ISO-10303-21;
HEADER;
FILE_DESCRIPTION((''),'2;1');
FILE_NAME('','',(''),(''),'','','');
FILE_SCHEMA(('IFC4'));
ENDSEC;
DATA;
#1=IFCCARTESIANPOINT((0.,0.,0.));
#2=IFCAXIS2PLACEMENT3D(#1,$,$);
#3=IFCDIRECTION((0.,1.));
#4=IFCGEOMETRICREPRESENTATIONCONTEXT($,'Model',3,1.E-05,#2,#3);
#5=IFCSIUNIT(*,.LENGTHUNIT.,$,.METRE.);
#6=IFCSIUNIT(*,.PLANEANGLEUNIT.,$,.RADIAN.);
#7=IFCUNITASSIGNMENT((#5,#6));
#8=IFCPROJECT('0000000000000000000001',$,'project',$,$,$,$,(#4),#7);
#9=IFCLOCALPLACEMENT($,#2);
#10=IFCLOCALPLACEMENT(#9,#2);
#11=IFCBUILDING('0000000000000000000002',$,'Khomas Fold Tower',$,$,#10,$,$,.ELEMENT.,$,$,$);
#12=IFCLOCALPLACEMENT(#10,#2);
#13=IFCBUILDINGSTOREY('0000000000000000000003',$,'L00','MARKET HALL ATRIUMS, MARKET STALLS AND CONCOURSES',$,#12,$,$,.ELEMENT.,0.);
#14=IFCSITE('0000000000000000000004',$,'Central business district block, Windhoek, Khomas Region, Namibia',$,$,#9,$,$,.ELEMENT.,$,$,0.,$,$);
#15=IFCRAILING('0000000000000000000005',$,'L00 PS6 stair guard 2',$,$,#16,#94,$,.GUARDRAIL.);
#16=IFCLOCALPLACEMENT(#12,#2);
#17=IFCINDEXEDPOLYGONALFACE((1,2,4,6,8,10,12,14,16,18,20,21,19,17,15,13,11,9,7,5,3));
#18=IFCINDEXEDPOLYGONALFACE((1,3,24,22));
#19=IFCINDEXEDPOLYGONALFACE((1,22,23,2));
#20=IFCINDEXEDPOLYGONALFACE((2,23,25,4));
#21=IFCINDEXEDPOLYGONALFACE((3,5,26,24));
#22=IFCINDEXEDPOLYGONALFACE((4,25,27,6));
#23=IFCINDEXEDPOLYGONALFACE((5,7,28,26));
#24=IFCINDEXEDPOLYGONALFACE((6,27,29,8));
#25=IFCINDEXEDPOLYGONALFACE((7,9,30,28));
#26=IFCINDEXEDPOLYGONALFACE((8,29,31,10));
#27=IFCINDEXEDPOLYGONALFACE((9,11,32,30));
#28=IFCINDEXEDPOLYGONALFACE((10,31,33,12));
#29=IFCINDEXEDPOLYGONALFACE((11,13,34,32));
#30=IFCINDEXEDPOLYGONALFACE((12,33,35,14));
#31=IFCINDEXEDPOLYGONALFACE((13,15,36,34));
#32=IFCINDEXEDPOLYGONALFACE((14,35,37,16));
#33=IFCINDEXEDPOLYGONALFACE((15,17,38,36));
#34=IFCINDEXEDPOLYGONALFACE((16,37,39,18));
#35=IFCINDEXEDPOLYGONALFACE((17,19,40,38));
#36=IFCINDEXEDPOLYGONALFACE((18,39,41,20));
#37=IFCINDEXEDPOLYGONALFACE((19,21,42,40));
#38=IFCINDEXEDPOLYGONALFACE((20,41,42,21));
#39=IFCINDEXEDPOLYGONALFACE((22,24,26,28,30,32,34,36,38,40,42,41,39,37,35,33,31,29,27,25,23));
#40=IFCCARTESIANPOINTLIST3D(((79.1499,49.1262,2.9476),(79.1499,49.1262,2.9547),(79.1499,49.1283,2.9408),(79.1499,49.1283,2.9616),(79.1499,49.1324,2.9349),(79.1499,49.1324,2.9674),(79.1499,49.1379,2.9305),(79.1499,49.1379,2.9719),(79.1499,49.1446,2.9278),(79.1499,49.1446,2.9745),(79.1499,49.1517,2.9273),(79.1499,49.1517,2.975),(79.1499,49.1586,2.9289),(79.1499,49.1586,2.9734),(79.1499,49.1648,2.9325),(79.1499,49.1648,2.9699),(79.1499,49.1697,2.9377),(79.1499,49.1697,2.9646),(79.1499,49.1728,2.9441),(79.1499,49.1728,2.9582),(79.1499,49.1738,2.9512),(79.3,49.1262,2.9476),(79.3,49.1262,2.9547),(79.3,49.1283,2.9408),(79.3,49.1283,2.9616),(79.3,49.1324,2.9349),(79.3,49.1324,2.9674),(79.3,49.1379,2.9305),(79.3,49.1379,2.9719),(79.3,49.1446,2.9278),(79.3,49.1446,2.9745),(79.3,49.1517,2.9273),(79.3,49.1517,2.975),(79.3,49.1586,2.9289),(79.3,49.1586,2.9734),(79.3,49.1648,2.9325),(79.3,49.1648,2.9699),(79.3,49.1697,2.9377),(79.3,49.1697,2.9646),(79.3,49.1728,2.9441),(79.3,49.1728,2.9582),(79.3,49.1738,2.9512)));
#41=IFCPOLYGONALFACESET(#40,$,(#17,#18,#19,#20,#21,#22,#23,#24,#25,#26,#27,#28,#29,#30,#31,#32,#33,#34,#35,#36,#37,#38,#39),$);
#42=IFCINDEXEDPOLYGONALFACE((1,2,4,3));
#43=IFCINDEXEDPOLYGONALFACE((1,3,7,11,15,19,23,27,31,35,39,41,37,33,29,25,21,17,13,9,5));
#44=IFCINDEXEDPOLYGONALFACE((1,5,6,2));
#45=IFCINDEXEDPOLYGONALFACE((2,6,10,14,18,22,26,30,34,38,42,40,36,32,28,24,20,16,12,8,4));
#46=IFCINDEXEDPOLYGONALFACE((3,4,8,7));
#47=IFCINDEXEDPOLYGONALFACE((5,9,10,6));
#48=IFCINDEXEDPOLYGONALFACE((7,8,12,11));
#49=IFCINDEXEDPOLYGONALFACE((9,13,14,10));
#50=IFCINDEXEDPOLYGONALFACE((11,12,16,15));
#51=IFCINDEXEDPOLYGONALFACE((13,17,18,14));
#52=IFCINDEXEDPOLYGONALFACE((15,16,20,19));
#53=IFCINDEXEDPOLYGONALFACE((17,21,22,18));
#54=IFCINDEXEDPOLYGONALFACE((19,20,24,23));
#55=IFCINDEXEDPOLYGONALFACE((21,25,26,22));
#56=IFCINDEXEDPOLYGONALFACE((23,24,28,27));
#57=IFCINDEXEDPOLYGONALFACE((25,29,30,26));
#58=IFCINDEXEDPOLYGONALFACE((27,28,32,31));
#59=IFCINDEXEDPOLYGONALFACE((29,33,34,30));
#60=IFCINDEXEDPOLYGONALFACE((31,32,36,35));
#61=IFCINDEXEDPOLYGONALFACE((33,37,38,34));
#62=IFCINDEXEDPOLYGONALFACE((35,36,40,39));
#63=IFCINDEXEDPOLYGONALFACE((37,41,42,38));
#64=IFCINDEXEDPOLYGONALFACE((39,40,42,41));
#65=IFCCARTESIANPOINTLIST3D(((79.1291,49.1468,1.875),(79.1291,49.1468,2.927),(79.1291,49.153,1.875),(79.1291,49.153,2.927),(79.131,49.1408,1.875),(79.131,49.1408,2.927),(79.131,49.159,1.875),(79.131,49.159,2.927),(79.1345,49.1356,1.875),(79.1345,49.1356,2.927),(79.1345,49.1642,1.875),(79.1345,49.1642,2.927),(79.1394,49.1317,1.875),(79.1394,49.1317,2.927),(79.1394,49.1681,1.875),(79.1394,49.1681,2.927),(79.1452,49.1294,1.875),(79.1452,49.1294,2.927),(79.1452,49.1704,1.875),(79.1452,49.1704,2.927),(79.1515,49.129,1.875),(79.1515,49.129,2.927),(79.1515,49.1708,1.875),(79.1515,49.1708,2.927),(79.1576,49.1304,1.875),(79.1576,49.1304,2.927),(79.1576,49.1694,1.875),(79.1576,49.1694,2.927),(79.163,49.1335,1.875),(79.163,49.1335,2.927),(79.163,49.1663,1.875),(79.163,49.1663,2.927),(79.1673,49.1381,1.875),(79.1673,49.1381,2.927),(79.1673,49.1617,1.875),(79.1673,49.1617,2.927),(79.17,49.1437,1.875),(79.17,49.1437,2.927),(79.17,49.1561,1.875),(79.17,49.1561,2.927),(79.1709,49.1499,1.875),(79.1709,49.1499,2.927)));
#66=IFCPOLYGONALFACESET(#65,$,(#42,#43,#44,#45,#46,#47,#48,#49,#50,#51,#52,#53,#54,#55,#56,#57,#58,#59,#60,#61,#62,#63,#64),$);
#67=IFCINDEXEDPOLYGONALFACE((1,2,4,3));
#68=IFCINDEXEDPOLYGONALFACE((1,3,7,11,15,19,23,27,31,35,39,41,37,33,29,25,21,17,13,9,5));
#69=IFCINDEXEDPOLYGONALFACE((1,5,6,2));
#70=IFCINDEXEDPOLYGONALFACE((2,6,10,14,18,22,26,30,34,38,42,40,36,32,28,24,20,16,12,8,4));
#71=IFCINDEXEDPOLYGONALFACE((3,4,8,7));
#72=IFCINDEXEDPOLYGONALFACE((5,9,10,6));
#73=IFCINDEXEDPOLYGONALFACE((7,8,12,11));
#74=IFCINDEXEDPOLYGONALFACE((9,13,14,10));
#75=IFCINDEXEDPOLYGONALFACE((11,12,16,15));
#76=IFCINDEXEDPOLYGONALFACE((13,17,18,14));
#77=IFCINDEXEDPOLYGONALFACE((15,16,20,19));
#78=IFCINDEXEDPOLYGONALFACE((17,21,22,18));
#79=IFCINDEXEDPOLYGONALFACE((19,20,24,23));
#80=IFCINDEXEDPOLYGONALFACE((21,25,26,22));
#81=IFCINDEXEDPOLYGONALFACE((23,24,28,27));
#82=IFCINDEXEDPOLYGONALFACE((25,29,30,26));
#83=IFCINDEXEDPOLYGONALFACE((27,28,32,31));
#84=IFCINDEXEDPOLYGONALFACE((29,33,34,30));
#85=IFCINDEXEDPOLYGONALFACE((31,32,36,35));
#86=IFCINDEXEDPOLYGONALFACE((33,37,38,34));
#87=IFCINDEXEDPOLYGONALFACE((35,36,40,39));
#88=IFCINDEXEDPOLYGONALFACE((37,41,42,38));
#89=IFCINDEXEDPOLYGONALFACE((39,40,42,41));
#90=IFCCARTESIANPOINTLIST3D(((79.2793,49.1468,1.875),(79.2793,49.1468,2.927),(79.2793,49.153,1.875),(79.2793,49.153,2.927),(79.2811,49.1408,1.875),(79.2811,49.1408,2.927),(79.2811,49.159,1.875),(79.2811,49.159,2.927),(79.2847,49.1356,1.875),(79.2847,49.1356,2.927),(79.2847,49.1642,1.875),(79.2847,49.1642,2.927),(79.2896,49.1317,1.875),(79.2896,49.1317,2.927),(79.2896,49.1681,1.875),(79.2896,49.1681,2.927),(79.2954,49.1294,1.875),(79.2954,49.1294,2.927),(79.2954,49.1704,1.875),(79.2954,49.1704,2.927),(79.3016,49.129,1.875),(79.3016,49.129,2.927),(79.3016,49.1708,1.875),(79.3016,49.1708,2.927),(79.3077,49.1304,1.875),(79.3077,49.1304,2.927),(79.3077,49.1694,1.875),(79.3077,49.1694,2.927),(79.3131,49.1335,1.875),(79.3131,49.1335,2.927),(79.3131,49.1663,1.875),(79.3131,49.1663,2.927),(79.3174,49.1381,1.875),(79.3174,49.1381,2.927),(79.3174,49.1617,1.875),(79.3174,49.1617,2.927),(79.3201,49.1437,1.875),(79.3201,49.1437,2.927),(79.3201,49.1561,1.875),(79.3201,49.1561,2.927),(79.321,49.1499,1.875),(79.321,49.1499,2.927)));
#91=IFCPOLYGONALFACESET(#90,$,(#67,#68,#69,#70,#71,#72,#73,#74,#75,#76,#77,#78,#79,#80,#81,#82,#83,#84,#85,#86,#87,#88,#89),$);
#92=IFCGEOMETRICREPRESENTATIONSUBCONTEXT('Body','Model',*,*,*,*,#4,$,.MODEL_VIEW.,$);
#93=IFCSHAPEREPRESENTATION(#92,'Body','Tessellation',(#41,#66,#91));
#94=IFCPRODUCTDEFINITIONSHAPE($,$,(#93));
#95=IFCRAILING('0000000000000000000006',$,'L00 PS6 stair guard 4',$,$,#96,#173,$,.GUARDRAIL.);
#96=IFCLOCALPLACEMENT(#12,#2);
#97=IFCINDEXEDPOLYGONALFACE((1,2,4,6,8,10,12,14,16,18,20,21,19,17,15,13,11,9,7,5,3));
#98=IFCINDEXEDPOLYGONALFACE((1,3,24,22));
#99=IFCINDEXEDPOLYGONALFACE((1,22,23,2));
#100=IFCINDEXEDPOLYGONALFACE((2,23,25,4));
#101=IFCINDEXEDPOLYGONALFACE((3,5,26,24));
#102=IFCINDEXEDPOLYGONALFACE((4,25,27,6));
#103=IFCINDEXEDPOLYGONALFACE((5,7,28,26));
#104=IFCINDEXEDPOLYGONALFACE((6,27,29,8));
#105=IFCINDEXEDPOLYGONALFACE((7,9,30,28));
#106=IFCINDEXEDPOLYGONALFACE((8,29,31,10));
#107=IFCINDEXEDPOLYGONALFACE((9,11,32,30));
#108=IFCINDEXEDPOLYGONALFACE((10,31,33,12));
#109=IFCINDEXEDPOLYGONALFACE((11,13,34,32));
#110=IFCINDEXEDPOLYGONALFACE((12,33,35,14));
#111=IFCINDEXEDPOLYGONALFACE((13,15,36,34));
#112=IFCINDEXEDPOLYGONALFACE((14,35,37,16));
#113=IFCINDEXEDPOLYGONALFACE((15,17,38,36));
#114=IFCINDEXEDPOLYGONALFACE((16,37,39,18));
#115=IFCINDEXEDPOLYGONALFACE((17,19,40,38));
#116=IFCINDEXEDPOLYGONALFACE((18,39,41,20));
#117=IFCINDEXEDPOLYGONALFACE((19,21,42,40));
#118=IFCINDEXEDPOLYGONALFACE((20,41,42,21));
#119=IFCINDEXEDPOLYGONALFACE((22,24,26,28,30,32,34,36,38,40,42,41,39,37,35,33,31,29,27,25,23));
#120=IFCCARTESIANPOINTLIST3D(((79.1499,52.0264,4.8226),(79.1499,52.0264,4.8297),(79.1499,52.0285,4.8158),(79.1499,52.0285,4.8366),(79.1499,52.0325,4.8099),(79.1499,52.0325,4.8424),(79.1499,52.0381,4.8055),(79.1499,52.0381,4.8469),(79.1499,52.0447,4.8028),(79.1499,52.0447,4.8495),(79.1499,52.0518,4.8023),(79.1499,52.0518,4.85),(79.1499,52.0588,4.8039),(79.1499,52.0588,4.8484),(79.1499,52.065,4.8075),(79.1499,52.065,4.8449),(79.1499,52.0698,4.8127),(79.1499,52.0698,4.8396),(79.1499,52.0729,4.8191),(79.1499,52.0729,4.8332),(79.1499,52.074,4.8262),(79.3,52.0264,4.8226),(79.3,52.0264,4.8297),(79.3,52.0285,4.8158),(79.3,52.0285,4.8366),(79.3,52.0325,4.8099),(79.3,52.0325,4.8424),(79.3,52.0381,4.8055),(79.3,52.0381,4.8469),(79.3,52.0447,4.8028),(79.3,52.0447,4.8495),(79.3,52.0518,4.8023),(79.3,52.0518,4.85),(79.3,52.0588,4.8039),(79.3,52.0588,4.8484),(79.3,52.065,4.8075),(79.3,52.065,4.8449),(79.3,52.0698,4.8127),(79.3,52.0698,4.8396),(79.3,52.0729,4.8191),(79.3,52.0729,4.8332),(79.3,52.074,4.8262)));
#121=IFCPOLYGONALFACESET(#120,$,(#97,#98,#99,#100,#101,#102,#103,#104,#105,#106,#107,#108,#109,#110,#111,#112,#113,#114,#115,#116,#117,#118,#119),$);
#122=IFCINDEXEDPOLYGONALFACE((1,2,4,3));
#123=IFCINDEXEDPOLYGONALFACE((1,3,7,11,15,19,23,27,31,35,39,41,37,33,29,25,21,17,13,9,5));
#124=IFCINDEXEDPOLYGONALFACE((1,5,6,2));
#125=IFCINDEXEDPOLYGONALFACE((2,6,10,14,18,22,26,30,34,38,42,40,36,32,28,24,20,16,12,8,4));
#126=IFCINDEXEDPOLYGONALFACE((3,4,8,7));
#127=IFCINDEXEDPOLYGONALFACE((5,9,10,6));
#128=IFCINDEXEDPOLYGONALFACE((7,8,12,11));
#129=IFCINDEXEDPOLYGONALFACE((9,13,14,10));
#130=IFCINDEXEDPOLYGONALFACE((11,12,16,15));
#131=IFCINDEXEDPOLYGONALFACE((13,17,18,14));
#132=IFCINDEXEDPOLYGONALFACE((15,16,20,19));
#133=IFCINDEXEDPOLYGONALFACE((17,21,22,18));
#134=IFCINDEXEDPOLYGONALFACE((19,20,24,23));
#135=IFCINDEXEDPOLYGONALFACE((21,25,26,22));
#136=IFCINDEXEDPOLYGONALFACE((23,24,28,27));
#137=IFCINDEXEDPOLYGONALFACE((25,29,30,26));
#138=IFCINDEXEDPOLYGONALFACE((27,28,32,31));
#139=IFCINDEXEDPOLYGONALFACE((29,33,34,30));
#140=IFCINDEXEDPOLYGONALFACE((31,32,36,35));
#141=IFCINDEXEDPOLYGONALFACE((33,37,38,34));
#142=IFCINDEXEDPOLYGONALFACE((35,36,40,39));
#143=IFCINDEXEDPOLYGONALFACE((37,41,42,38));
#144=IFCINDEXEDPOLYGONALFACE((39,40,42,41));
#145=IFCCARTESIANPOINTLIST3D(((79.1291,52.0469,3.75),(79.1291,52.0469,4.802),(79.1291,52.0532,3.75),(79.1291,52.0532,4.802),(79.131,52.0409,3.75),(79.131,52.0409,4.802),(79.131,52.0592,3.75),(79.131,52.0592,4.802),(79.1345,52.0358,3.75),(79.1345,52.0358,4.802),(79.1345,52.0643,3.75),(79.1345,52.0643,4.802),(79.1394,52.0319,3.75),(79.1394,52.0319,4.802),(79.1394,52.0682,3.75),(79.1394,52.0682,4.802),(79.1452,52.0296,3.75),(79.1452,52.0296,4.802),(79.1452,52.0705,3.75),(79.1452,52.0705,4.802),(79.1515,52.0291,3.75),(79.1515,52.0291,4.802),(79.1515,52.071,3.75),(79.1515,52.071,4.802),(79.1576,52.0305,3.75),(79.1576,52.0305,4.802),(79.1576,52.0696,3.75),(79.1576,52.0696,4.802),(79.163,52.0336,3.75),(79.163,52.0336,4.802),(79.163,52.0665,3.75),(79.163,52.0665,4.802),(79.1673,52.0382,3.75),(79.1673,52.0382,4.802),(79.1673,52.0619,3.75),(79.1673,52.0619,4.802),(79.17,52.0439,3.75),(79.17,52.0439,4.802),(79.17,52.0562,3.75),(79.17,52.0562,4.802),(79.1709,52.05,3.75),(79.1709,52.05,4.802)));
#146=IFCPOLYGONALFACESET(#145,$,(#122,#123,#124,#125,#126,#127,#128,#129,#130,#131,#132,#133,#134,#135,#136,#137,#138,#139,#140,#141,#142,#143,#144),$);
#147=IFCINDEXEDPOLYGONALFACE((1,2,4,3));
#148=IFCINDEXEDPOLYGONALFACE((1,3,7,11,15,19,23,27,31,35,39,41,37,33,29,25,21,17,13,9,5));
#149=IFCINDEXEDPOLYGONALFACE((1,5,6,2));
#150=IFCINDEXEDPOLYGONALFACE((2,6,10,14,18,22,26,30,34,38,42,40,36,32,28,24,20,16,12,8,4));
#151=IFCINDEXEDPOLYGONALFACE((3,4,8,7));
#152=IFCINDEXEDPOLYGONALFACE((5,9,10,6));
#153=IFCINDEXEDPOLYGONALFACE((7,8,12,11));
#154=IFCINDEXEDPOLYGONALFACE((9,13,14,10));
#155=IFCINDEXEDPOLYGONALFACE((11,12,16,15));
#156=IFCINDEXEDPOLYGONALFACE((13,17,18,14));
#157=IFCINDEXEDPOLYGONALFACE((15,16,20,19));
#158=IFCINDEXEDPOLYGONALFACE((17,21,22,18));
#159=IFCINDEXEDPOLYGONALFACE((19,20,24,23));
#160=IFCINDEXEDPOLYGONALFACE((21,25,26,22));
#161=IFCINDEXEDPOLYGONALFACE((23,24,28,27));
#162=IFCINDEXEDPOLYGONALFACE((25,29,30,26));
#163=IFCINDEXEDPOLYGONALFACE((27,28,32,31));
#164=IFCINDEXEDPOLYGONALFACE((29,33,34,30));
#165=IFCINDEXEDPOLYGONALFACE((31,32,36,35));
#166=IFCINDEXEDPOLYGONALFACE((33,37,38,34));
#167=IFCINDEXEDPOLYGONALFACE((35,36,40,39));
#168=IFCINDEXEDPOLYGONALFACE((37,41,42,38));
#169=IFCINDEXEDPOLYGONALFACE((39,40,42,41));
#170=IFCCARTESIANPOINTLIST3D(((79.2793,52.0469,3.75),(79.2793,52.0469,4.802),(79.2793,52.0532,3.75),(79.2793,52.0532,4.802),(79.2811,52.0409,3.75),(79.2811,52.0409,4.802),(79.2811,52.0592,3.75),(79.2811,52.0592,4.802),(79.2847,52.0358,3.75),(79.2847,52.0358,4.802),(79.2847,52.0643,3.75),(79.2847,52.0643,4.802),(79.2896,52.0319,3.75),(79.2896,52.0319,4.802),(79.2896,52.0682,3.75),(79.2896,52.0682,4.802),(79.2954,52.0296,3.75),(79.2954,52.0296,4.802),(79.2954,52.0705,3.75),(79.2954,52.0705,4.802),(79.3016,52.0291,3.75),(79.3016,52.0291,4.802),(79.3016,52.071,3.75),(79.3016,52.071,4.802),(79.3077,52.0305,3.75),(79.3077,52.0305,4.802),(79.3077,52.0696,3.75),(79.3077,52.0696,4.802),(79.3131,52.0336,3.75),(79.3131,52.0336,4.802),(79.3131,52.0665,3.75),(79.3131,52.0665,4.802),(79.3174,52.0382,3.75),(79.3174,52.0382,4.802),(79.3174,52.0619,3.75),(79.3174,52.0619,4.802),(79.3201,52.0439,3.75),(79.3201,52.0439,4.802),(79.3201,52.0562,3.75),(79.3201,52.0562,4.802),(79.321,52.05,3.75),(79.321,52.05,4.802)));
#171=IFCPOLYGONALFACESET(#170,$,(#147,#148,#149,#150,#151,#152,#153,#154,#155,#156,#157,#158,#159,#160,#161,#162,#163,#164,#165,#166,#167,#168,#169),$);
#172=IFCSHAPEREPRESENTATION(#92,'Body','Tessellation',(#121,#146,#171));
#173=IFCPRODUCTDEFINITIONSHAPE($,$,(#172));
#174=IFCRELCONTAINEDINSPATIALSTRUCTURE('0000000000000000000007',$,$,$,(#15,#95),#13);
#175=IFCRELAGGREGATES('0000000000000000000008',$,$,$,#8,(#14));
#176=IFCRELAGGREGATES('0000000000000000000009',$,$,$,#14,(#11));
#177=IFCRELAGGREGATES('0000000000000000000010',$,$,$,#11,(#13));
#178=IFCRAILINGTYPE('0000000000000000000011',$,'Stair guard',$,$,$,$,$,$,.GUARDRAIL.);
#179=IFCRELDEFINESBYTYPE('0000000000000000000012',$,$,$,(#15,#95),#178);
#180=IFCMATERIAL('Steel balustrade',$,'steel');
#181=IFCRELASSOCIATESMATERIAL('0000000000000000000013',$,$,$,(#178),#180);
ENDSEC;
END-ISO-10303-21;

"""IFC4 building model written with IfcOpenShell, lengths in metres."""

from ifc_helpers import new_model, si_unit, direction, frame, origin, origin_2d, place, context, subcontext, project, spatial, circle, extrude, source, transform, mapped, material, type_object, element, save


model = new_model("IFC4")

# Units and contexts
model_context = context("Model", 3, precision=1e-05, world=origin(), true_north=direction((0.0, 1.0)))
body_context = subcontext(model_context, "Body", "Model", "MODEL_VIEW")
ifc_project = project(units=[si_unit("LENGTHUNIT", "METRE"), si_unit("PLANEANGLEUNIT", "RADIAN")], contexts=[model_context])

# Site, building, storey
site_placement = place(None, origin())
site = spatial("IfcSite", under=ifc_project, at=site_placement, Name="Central business district block, Windhoek, Khomas Region, Namibia", CompositionType="ELEMENT", RefElevation=0.0)
building_placement = place(site_placement, origin())
building = spatial("IfcBuilding", under=site, at=building_placement, Name="Khomas Fold Tower", CompositionType="ELEMENT")
storey_placement = place(building_placement, origin())
storey = spatial("IfcBuildingStorey", under=building, at=storey_placement, Name="L00", Description="MARKET HALL ATRIUMS, MARKET STALLS AND CONCOURSES", CompositionType="ELEMENT", Elevation=0.0)

# Railings
ifc_material_1 = material(Name="Steel balustrade", Category="steel")
railing_type_1 = type_object("IfcRailingType", Name="Stair guard", PredefinedType="GUARDRAIL", material=ifc_material_1)
shared_shape_1 = source(origin(), body_context, "Body", "SweptSolid", [
    extrude(circle(Radius=0.0239, at=origin_2d()), frame((0.0, 0.0, 1.0762), z_axis=(1.0, 0.0, 0.0), x_axis=(0.0, 1.0, 0.0)), (0.0, 0.0, 1.0), 0.1501),
    extrude(circle(Radius=0.021, at=origin_2d()), origin(), (0.0, 0.0, 1.0), 1.052),
    extrude(circle(Radius=0.021, at=origin_2d()), frame((0.1501, 0.0, 0.0)), (0.0, 0.0, 1.0), 1.052),
])
for number, where, name in (
    (1, (79.1499, 49.1499, 1.875), "L00 PS6 stair guard 2"),
    (2, (79.1499, 52.05, 3.75), "L00 PS6 stair guard 4"),
):
    element("IfcRailing", number, at=place(storey_placement, frame(where)), inside=storey, type_object=railing_type_1, Name=name, PredefinedType="GUARDRAIL", context=body_context, shape_type="MappedRepresentation", body=[
        mapped(shared_shape_1, transform((0.0, 0.0, 0.0))),
    ])

save(model, "model.ifc")
